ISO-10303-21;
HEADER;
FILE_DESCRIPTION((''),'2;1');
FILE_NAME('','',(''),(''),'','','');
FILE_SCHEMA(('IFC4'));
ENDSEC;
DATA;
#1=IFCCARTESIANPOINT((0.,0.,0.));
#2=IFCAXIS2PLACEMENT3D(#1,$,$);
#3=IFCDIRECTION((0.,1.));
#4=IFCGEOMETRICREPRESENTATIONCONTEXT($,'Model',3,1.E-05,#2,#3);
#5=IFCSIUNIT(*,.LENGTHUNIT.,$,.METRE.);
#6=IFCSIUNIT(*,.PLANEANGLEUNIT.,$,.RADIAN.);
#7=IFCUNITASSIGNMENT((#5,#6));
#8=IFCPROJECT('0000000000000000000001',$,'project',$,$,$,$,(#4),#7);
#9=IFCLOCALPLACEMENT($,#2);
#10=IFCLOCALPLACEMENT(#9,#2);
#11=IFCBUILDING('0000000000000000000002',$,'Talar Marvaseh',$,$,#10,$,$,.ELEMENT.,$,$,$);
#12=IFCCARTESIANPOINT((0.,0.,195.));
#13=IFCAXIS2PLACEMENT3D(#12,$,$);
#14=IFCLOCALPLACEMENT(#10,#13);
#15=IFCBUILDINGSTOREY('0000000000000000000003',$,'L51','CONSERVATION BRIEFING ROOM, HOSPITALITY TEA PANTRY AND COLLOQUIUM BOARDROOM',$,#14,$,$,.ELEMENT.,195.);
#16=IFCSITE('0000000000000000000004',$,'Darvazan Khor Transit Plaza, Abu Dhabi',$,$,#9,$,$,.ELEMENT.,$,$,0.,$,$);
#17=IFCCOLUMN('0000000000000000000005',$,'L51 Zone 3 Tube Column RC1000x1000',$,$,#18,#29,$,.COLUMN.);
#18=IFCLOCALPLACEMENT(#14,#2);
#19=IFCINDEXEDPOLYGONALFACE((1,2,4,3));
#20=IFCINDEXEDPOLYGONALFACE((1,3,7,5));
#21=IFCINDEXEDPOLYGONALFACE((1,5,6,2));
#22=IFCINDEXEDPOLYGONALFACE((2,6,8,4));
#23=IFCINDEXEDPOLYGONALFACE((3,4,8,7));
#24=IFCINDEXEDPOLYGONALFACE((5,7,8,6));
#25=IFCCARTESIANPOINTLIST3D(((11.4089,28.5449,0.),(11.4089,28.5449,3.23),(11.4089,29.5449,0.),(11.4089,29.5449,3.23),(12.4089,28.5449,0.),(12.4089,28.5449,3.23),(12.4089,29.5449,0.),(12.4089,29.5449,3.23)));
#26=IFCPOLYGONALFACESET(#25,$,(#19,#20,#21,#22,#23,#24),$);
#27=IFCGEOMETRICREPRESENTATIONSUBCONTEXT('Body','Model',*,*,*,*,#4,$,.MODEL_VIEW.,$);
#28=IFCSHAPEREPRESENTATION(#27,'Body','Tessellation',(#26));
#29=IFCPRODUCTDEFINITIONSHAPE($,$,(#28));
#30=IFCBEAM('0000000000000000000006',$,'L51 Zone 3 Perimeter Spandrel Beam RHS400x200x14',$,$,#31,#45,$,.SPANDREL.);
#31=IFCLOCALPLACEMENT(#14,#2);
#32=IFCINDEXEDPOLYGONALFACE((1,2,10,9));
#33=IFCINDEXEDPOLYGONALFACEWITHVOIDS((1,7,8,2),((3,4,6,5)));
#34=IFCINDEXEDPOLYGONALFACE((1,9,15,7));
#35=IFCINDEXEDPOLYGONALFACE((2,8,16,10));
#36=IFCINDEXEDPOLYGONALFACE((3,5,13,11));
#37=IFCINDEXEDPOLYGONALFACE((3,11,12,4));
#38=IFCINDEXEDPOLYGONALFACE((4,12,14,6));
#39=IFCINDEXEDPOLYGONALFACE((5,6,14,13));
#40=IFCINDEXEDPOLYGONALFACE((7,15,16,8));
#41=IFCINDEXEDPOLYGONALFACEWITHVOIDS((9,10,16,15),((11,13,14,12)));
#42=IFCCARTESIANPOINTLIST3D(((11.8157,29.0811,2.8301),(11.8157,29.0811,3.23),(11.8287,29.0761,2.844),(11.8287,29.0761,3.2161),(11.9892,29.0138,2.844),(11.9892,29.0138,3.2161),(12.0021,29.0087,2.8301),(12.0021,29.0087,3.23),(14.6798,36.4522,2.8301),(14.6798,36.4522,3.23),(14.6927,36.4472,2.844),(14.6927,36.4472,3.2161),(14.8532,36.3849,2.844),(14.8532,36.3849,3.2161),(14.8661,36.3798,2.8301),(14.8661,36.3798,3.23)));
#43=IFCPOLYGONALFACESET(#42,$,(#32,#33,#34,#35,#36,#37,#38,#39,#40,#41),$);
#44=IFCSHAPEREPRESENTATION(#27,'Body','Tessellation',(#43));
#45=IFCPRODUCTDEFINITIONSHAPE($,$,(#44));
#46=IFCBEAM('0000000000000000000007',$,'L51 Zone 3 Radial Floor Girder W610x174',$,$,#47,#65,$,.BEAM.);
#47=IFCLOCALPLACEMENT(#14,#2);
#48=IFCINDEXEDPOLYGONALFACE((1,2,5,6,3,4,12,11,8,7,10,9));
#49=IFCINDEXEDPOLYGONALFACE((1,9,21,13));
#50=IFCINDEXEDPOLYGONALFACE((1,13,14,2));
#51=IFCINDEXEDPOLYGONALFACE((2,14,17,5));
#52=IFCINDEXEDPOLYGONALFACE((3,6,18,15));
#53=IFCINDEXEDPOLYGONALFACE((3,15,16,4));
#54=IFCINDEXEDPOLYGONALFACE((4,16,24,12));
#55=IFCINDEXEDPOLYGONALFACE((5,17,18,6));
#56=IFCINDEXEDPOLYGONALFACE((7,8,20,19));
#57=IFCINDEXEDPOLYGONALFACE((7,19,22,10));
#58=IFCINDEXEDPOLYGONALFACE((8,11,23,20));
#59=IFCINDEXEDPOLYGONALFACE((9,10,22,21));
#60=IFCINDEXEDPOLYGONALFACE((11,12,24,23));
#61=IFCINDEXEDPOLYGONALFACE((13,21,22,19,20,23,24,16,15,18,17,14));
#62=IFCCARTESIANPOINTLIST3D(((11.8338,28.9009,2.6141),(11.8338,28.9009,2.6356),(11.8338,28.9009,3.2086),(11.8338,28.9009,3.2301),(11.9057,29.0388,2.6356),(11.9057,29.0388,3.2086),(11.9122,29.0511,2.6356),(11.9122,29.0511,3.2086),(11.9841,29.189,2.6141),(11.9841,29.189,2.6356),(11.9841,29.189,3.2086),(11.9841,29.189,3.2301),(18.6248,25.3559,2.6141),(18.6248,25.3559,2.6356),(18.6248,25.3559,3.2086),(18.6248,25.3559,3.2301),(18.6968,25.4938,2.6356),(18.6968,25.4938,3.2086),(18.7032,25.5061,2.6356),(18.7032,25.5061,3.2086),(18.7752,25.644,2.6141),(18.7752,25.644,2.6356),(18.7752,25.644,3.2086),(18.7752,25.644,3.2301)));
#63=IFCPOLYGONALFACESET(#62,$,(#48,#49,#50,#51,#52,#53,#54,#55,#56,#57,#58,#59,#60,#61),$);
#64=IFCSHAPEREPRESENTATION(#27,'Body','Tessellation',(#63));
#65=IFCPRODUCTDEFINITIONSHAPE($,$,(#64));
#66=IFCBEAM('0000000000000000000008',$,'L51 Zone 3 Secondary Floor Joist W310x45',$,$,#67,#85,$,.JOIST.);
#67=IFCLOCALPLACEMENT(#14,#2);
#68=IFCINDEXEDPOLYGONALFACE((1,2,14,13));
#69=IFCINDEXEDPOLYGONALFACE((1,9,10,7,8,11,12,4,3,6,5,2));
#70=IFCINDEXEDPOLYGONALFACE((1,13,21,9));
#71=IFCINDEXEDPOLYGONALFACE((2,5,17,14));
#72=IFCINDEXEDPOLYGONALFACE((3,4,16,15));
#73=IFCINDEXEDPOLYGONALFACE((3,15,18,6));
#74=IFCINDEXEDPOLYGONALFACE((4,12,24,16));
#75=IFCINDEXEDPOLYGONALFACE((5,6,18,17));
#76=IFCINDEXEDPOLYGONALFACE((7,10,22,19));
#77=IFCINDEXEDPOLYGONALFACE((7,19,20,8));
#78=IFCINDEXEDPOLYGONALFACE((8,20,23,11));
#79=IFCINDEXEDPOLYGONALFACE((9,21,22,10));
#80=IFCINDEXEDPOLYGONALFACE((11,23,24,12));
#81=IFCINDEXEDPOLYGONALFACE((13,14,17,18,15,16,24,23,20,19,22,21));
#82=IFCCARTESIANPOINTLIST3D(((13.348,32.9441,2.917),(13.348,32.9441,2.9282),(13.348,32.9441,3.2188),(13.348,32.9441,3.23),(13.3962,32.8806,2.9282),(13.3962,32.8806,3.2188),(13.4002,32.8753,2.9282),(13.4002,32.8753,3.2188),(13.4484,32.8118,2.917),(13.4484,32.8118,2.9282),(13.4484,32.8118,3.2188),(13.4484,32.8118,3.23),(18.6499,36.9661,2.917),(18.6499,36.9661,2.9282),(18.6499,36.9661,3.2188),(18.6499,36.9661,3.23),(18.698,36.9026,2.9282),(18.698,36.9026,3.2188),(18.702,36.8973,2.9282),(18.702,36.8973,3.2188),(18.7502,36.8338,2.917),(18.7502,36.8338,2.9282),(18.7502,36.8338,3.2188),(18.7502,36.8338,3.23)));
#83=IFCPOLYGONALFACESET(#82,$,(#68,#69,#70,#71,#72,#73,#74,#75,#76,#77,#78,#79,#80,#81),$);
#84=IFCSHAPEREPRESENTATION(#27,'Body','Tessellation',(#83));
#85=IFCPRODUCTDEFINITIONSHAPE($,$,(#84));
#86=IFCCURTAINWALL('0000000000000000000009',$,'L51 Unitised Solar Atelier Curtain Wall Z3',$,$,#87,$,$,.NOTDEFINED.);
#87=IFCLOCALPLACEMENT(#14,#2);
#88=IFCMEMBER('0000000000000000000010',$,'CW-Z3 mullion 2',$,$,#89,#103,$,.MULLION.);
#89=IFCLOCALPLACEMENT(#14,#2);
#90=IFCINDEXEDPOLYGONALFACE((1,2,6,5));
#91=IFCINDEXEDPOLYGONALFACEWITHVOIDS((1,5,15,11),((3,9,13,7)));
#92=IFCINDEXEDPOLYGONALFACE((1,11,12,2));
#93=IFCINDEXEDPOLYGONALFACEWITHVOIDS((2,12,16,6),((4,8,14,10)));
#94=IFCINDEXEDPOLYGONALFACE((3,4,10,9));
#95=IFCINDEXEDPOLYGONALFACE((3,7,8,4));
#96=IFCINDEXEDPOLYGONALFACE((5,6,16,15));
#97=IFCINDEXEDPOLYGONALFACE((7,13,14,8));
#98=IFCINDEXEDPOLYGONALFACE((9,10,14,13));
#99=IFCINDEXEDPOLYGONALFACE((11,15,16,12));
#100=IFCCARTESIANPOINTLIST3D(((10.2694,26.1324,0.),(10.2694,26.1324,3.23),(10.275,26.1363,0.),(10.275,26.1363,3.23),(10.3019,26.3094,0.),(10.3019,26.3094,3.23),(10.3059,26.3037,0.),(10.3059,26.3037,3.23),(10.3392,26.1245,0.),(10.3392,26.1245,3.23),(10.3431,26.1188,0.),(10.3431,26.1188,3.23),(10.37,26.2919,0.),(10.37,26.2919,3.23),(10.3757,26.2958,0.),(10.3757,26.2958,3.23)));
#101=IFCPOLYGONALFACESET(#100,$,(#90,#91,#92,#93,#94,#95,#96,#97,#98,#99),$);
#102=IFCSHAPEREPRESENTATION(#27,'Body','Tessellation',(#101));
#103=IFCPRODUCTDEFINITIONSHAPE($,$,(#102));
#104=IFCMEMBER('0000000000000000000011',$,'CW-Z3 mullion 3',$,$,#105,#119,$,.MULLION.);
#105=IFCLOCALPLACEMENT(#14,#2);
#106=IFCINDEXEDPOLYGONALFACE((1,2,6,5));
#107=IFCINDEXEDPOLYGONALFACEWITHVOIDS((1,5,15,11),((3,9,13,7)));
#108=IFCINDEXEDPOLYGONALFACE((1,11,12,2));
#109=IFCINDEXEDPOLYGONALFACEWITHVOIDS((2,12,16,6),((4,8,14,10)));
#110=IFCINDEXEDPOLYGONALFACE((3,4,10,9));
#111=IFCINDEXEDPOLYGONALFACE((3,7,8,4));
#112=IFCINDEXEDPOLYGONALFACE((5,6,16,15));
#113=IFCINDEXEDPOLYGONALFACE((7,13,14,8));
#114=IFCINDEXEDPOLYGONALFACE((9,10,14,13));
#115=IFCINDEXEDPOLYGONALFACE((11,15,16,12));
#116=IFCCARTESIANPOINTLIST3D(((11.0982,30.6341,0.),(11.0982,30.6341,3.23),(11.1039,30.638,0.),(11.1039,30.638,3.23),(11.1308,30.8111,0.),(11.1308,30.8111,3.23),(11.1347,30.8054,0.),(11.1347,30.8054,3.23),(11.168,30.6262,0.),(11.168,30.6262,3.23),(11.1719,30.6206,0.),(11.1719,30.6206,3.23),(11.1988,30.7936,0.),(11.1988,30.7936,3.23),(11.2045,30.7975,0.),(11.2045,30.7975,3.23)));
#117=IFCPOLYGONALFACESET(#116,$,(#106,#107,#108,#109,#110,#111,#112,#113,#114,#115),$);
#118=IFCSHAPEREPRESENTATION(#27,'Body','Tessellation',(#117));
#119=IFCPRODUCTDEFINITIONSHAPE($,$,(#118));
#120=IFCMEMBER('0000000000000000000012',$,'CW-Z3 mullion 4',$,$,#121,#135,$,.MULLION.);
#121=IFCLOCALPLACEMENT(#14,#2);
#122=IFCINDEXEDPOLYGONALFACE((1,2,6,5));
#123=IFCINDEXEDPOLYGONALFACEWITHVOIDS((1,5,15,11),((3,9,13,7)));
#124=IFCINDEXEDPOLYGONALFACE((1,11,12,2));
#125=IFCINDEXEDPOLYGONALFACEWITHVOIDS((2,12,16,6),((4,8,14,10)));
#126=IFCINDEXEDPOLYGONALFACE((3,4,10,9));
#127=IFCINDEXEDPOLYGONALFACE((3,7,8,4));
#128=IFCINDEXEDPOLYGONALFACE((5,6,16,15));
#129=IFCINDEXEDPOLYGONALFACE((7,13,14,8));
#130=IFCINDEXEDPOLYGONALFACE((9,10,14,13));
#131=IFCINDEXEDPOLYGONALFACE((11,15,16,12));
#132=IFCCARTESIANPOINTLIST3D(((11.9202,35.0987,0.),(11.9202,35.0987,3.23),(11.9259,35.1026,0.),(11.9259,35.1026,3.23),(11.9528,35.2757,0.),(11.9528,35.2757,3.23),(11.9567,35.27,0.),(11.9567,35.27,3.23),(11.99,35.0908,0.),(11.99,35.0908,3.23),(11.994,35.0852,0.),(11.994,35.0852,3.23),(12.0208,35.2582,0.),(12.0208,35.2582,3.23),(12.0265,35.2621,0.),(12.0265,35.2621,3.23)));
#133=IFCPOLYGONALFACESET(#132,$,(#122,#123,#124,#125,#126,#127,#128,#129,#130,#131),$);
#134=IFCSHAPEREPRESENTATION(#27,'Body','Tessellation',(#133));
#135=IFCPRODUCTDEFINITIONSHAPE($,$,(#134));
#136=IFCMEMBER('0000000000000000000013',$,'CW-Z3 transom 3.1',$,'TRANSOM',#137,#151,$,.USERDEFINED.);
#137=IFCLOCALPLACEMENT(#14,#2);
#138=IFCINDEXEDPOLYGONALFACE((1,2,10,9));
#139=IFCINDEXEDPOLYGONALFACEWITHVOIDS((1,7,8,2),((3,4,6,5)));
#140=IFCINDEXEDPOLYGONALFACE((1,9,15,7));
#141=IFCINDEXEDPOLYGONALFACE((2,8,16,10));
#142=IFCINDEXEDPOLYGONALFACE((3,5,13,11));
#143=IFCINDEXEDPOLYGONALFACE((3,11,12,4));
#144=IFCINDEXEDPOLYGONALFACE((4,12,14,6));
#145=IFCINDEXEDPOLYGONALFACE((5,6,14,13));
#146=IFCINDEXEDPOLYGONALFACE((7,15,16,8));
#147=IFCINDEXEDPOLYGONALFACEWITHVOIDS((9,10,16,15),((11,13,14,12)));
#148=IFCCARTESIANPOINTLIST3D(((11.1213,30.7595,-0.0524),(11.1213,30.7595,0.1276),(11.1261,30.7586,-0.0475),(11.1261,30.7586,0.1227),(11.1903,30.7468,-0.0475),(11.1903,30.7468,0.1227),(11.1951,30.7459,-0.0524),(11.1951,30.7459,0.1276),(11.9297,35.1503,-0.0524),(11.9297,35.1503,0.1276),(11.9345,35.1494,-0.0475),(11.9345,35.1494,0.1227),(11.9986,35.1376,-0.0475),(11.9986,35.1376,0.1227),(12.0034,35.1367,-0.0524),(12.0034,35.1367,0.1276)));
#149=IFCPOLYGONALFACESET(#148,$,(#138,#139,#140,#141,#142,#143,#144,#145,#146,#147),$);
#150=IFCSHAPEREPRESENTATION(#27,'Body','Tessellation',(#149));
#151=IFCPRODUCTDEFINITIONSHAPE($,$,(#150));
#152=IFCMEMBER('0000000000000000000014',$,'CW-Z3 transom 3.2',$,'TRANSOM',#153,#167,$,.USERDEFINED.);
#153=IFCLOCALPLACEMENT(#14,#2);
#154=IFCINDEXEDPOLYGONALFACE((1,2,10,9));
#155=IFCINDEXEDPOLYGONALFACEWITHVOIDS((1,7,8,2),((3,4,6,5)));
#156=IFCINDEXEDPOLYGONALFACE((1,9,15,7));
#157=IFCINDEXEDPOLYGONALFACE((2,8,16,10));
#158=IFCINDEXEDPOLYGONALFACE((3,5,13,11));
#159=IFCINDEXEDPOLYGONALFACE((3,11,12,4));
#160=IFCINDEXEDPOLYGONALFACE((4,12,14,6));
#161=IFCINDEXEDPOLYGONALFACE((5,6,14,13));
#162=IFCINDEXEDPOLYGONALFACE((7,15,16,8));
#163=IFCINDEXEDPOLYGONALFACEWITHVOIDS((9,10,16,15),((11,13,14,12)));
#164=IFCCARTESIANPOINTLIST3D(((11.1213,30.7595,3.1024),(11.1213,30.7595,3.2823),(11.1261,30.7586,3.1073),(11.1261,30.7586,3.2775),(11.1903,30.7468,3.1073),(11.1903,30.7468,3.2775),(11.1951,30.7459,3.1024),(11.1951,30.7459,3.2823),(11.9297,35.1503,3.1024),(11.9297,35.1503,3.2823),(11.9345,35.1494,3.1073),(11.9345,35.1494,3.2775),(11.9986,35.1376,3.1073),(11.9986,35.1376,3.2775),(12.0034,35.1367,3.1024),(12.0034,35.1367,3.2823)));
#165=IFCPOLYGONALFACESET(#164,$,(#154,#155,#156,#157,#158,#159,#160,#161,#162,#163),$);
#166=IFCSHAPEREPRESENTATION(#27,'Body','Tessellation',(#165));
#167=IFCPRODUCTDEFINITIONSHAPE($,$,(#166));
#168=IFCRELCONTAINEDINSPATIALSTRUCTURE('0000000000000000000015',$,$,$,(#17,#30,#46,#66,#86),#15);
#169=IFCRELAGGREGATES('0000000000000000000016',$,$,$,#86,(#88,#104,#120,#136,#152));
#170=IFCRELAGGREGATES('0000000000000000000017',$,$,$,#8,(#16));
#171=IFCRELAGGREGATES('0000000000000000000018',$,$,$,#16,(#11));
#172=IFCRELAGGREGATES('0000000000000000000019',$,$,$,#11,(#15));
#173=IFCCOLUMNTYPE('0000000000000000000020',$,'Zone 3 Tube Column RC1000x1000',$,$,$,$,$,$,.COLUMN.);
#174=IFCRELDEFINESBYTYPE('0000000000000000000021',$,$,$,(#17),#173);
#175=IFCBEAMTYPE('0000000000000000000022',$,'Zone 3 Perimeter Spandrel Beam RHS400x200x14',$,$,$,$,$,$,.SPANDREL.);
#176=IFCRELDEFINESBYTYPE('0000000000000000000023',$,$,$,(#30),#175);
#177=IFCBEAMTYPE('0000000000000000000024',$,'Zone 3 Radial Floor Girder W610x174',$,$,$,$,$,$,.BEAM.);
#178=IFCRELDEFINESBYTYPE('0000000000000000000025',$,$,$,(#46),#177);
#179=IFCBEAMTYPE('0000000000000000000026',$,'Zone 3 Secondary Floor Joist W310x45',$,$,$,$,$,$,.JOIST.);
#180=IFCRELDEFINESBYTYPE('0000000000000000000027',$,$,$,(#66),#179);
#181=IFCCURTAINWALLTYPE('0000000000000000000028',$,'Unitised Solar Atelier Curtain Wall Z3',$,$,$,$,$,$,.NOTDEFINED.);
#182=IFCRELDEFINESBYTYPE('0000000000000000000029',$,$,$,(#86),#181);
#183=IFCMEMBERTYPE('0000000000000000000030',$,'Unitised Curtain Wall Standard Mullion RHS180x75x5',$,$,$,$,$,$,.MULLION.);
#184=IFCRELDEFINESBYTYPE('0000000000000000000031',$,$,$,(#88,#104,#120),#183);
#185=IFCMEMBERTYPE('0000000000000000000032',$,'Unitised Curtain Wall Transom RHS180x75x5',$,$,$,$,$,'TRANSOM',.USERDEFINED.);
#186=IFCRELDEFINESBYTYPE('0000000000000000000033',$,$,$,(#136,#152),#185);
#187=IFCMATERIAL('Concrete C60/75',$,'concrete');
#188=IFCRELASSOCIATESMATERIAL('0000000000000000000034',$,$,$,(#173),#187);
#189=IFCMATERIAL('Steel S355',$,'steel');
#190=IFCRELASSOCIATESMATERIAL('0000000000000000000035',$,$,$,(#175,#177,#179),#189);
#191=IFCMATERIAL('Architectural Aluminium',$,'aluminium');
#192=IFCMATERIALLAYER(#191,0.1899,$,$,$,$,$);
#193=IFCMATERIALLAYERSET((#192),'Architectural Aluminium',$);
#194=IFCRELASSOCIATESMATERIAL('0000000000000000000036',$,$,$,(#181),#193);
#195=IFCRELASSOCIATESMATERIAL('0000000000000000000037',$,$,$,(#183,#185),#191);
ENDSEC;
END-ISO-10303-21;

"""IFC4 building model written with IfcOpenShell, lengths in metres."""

from ifc_helpers import new_model, si_unit, direction, frame, origin, origin_2d, place, context, subcontext, project, spatial, rectangle, hollow_rectangle, i_section, extrude, source, transform, mapped, material, layer, layer_set, material_profile, profile_set, type_object, type_shapes, element, aggregate, save


model = new_model("IFC4")

# Units and contexts
model_context = context("Model", 3, precision=1e-05, world=origin(), true_north=direction((0.0, 1.0)))
body_context = subcontext(model_context, "Body", "Model", "MODEL_VIEW")
ifc_project = project(units=[si_unit("LENGTHUNIT", "METRE"), si_unit("PLANEANGLEUNIT", "RADIAN")], contexts=[model_context])

# Site, building, storey
site_placement = place(None, origin())
site = spatial("IfcSite", under=ifc_project, at=site_placement, Name="Darvazan Khor Transit Plaza, Abu Dhabi", CompositionType="ELEMENT", RefElevation=0.0)
building_placement = place(site_placement, origin())
building = spatial("IfcBuilding", under=site, at=building_placement, Name="Talar Marvaseh", CompositionType="ELEMENT")
storey_placement = place(building_placement, frame((0.0, 0.0, 195.0)))
storey = spatial("IfcBuildingStorey", under=building, at=storey_placement, Name="L51", Description="CONSERVATION BRIEFING ROOM, HOSPITALITY TEA PANTRY AND COLLOQUIUM BOARDROOM", CompositionType="ELEMENT", Elevation=195.0)

# Column
ifc_material_1 = material(Name="Concrete C60/75", Category="concrete")
ifc_material_profile_1 = material_profile(ifc_material_1, rectangle(XDim=1.0, YDim=1.0, at=origin_2d()), Name="RC1000x1000")
ifc_profile_set_1 = profile_set([ifc_material_profile_1], Name="Concrete C60/75")
column_type = type_object("IfcColumnType", Name="Zone 3 Tube Column RC1000x1000", PredefinedType="COLUMN", material=ifc_profile_set_1)
column_placement = place(storey_placement, frame((11.9089, 29.0449, 0.0), z_axis=(0.0, 0.0, 1.0), x_axis=(1.0, 0.0, 0.0)))
element("IfcColumn", 1, at=column_placement, inside=storey, type_object=column_type, Name="L51 Zone 3 Tube Column RC1000x1000", PredefinedType="COLUMN", context=body_context, shape_type="SweptSolid", body=[
    extrude(rectangle(XDim=1.0, YDim=1.0, at=origin_2d()), origin(), (0.0, 0.0, 1.0), 3.23),
])

# Beams
ifc_material_2 = material(Name="Steel S355", Category="steel")
ifc_material_profile_2 = material_profile(ifc_material_2, hollow_rectangle(XDim=0.2, YDim=0.3999, WallThickness=0.0139, at=origin_2d()), Name="RHS400x200x14")
ifc_profile_set_2 = profile_set([ifc_material_profile_2], Name="Steel S355")
beam_type_1 = type_object("IfcBeamType", Name="Zone 3 Perimeter Spandrel Beam RHS400x200x14", PredefinedType="SPANDREL", material=ifc_profile_set_2)
beam_1_placement = place(storey_placement, frame((11.9089, 29.0449, 3.03), z_axis=(0.362169, 0.932112, 0.0), x_axis=(-0.932112, 0.362169, 0.0)))
element("IfcBeam", 2, at=beam_1_placement, inside=storey, type_object=beam_type_1, Name="L51 Zone 3 Perimeter Spandrel Beam RHS400x200x14", PredefinedType="SPANDREL", context=body_context, shape_type="SweptSolid", body=[
    extrude(hollow_rectangle(XDim=0.2, YDim=0.3999, WallThickness=0.0139, at=origin_2d()), origin(), (0.0, 0.0, 1.0), 7.908),
])
ifc_material_profile_3 = material_profile(ifc_material_2, i_section(OverallWidth=0.325, OverallDepth=0.616, WebThickness=0.0139, FlangeThickness=0.0215, at=origin_2d()), Name="W610x174")
ifc_profile_set_3 = profile_set([ifc_material_profile_3], Name="Steel S355")
beam_type_2 = type_object("IfcBeamType", Name="Zone 3 Radial Floor Girder W610x174", PredefinedType="BEAM", material=ifc_profile_set_3)
beam_2_placement = place(storey_placement, frame((11.9089, 29.0449, 2.9221), z_axis=(0.886489, -0.462749, 0.0), x_axis=(0.462749, 0.886489, 0.0)))
element("IfcBeam", 3, at=beam_2_placement, inside=storey, type_object=beam_type_2, Name="L51 Zone 3 Radial Floor Girder W610x174", PredefinedType="BEAM", context=body_context, shape_type="SweptSolid", body=[
    extrude(i_section(OverallWidth=0.325, OverallDepth=0.616, WebThickness=0.0139, FlangeThickness=0.0215, at=origin_2d()), origin(), (0.0, 0.0, 1.0), 7.6606),
])
ifc_material_profile_4 = material_profile(ifc_material_2, i_section(OverallWidth=0.166, OverallDepth=0.313, WebThickness=0.0066, FlangeThickness=0.0112, at=origin_2d()), Name="W310x45")
ifc_profile_set_4 = profile_set([ifc_material_profile_4], Name="Steel S355")
beam_type_3 = type_object("IfcBeamType", Name="Zone 3 Secondary Floor Joist W310x45", PredefinedType="JOIST", material=ifc_profile_set_4)
beam_3_placement = place(storey_placement, frame((13.3982, 32.8779, 3.0735), z_axis=(0.796695, 0.604382, 0.0), x_axis=(-0.604382, 0.796695, 0.0)))
element("IfcBeam", 4, at=beam_3_placement, inside=storey, type_object=beam_type_3, Name="L51 Zone 3 Secondary Floor Joist W310x45", PredefinedType="JOIST", context=body_context, shape_type="SweptSolid", body=[
    extrude(i_section(OverallWidth=0.166, OverallDepth=0.313, WebThickness=0.0066, FlangeThickness=0.0112, at=origin_2d()), origin(), (0.0, 0.0, 1.0), 6.6548),
])

# Curtain wall, members
ifc_material_3 = material(Name="Architectural Aluminium", Category="aluminium")
ifc_layer_1 = layer(ifc_material_3, 0.1899)
ifc_layer_set_1 = layer_set([ifc_layer_1], Name="Architectural Aluminium")
curtain_wall_type = type_object("IfcCurtainWallType", Name="Unitised Solar Atelier Curtain Wall Z3", PredefinedType="NOTDEFINED", material=ifc_layer_set_1)
curtain_wall_placement = place(storey_placement, origin())
curtain_wall = element("IfcCurtainWall", 5, at=curtain_wall_placement, inside=storey, type_object=curtain_wall_type, Name="L51 Unitised Solar Atelier Curtain Wall Z3", PredefinedType="NOTDEFINED")
ifc_material_profile_5 = material_profile(ifc_material_3, hollow_rectangle(XDim=0.075, YDim=0.1799, WallThickness=0.0049, at=origin_2d()), Name="RHS180x75x5")
ifc_profile_set_5 = profile_set([ifc_material_profile_5], Name="Architectural Aluminium")
member_type_1 = type_object("IfcMemberType", Name="Unitised Curtain Wall Standard Mullion RHS180x75x5", PredefinedType="MULLION", material=ifc_profile_set_5)
shared_shape_1 = source(origin(), body_context, "Body", "SweptSolid", [
    extrude(hollow_rectangle(XDim=0.075, YDim=0.1799, WallThickness=0.0049, at=origin_2d()), origin(), (0.0, 0.0, 1.0), 3.23),
])
type_shapes(member_type_1, [shared_shape_1])
member_1_placement = place(storey_placement, frame((10.3225, 26.2141, 0.0), z_axis=(0.0, 0.0, 1.0), x_axis=(-0.98347, 0.181069, 0.0)))
member_1 = element("IfcMember", 6, at=member_1_placement, type_object=member_type_1, Name="CW-Z3 mullion 2", PredefinedType="MULLION", context=body_context, shape_type="MappedRepresentation", body=[
    mapped(shared_shape_1, transform((0.0, 0.0, 0.0), x_axis=(1.0, 0.0, 0.0), y_axis=(0.0, 1.0, 0.0), z_axis=(0.0, 0.0, 1.0), scale=1.0)),
])
member_2_placement = place(storey_placement, frame((11.1514, 30.7158, 0.0), z_axis=(0.0, 0.0, 1.0), x_axis=(-0.98347, 0.181069, 0.0)))
member_2 = element("IfcMember", 7, at=member_2_placement, type_object=member_type_1, Name="CW-Z3 mullion 3", PredefinedType="MULLION", context=body_context, shape_type="MappedRepresentation", body=[
    mapped(shared_shape_1, transform((0.0, 0.0, 0.0), x_axis=(1.0, 0.0, 0.0), y_axis=(0.0, 1.0, 0.0), z_axis=(0.0, 0.0, 1.0), scale=1.0)),
])
member_3_placement = place(storey_placement, frame((11.9734, 35.1804, 0.0), z_axis=(0.0, 0.0, 1.0), x_axis=(-0.98347, 0.181069, 0.0)))
member_3 = element("IfcMember", 8, at=member_3_placement, type_object=member_type_1, Name="CW-Z3 mullion 4", PredefinedType="MULLION", context=body_context, shape_type="MappedRepresentation", body=[
    mapped(shared_shape_1, transform((0.0, 0.0, 0.0), x_axis=(1.0, 0.0, 0.0), y_axis=(0.0, 1.0, 0.0), z_axis=(0.0, 0.0, 1.0), scale=1.0)),
])
ifc_material_profile_6 = material_profile(ifc_material_3, hollow_rectangle(XDim=0.075, YDim=0.1799, WallThickness=0.0049, at=origin_2d()), Name="RHS180x75x5")
ifc_profile_set_6 = profile_set([ifc_material_profile_6], Name="Architectural Aluminium")
member_type_2 = type_object("IfcMemberType", Name="Unitised Curtain Wall Transom RHS180x75x5", ElementType="TRANSOM", PredefinedType="USERDEFINED", material=ifc_profile_set_6)
shared_shape_2 = source(origin(), body_context, "Body", "SweptSolid", [
    extrude(hollow_rectangle(XDim=0.075, YDim=0.1799, WallThickness=0.0049, at=origin_2d()), origin(), (0.0, 0.0, 1.0), 4.4646),
])
member_4_placement = place(storey_placement, frame((11.1582, 30.7527, 0.0376), z_axis=(0.181055, 0.983473, 0.0), x_axis=(-0.983473, 0.181055, 0.0)))
member_4 = element("IfcMember", 9, at=member_4_placement, type_object=member_type_2, Name="CW-Z3 transom 3.1", ObjectType="TRANSOM", PredefinedType="USERDEFINED", context=body_context, shape_type="MappedRepresentation", body=[
    mapped(shared_shape_2, transform((0.0, 0.0, 0.0), x_axis=(1.0, 0.0, 0.0), y_axis=(0.0, 1.0, 0.0), z_axis=(0.0, 0.0, 1.0), scale=1.0)),
])
member_5_placement = place(storey_placement, frame((11.1582, 30.7527, 3.1924), z_axis=(0.181055, 0.983473, 0.0), x_axis=(-0.983473, 0.181055, 0.0)))
member_5 = element("IfcMember", 10, at=member_5_placement, type_object=member_type_2, Name="CW-Z3 transom 3.2", ObjectType="TRANSOM", PredefinedType="USERDEFINED", context=body_context, shape_type="MappedRepresentation", body=[
    mapped(shared_shape_2, transform((0.0, 0.0, 0.0), x_axis=(1.0, 0.0, 0.0), y_axis=(0.0, 1.0, 0.0), z_axis=(0.0, 0.0, 1.0), scale=1.0)),
])
aggregate(curtain_wall, [member_1, member_2, member_3, member_4, member_5])

save(model, "model.ifc")
